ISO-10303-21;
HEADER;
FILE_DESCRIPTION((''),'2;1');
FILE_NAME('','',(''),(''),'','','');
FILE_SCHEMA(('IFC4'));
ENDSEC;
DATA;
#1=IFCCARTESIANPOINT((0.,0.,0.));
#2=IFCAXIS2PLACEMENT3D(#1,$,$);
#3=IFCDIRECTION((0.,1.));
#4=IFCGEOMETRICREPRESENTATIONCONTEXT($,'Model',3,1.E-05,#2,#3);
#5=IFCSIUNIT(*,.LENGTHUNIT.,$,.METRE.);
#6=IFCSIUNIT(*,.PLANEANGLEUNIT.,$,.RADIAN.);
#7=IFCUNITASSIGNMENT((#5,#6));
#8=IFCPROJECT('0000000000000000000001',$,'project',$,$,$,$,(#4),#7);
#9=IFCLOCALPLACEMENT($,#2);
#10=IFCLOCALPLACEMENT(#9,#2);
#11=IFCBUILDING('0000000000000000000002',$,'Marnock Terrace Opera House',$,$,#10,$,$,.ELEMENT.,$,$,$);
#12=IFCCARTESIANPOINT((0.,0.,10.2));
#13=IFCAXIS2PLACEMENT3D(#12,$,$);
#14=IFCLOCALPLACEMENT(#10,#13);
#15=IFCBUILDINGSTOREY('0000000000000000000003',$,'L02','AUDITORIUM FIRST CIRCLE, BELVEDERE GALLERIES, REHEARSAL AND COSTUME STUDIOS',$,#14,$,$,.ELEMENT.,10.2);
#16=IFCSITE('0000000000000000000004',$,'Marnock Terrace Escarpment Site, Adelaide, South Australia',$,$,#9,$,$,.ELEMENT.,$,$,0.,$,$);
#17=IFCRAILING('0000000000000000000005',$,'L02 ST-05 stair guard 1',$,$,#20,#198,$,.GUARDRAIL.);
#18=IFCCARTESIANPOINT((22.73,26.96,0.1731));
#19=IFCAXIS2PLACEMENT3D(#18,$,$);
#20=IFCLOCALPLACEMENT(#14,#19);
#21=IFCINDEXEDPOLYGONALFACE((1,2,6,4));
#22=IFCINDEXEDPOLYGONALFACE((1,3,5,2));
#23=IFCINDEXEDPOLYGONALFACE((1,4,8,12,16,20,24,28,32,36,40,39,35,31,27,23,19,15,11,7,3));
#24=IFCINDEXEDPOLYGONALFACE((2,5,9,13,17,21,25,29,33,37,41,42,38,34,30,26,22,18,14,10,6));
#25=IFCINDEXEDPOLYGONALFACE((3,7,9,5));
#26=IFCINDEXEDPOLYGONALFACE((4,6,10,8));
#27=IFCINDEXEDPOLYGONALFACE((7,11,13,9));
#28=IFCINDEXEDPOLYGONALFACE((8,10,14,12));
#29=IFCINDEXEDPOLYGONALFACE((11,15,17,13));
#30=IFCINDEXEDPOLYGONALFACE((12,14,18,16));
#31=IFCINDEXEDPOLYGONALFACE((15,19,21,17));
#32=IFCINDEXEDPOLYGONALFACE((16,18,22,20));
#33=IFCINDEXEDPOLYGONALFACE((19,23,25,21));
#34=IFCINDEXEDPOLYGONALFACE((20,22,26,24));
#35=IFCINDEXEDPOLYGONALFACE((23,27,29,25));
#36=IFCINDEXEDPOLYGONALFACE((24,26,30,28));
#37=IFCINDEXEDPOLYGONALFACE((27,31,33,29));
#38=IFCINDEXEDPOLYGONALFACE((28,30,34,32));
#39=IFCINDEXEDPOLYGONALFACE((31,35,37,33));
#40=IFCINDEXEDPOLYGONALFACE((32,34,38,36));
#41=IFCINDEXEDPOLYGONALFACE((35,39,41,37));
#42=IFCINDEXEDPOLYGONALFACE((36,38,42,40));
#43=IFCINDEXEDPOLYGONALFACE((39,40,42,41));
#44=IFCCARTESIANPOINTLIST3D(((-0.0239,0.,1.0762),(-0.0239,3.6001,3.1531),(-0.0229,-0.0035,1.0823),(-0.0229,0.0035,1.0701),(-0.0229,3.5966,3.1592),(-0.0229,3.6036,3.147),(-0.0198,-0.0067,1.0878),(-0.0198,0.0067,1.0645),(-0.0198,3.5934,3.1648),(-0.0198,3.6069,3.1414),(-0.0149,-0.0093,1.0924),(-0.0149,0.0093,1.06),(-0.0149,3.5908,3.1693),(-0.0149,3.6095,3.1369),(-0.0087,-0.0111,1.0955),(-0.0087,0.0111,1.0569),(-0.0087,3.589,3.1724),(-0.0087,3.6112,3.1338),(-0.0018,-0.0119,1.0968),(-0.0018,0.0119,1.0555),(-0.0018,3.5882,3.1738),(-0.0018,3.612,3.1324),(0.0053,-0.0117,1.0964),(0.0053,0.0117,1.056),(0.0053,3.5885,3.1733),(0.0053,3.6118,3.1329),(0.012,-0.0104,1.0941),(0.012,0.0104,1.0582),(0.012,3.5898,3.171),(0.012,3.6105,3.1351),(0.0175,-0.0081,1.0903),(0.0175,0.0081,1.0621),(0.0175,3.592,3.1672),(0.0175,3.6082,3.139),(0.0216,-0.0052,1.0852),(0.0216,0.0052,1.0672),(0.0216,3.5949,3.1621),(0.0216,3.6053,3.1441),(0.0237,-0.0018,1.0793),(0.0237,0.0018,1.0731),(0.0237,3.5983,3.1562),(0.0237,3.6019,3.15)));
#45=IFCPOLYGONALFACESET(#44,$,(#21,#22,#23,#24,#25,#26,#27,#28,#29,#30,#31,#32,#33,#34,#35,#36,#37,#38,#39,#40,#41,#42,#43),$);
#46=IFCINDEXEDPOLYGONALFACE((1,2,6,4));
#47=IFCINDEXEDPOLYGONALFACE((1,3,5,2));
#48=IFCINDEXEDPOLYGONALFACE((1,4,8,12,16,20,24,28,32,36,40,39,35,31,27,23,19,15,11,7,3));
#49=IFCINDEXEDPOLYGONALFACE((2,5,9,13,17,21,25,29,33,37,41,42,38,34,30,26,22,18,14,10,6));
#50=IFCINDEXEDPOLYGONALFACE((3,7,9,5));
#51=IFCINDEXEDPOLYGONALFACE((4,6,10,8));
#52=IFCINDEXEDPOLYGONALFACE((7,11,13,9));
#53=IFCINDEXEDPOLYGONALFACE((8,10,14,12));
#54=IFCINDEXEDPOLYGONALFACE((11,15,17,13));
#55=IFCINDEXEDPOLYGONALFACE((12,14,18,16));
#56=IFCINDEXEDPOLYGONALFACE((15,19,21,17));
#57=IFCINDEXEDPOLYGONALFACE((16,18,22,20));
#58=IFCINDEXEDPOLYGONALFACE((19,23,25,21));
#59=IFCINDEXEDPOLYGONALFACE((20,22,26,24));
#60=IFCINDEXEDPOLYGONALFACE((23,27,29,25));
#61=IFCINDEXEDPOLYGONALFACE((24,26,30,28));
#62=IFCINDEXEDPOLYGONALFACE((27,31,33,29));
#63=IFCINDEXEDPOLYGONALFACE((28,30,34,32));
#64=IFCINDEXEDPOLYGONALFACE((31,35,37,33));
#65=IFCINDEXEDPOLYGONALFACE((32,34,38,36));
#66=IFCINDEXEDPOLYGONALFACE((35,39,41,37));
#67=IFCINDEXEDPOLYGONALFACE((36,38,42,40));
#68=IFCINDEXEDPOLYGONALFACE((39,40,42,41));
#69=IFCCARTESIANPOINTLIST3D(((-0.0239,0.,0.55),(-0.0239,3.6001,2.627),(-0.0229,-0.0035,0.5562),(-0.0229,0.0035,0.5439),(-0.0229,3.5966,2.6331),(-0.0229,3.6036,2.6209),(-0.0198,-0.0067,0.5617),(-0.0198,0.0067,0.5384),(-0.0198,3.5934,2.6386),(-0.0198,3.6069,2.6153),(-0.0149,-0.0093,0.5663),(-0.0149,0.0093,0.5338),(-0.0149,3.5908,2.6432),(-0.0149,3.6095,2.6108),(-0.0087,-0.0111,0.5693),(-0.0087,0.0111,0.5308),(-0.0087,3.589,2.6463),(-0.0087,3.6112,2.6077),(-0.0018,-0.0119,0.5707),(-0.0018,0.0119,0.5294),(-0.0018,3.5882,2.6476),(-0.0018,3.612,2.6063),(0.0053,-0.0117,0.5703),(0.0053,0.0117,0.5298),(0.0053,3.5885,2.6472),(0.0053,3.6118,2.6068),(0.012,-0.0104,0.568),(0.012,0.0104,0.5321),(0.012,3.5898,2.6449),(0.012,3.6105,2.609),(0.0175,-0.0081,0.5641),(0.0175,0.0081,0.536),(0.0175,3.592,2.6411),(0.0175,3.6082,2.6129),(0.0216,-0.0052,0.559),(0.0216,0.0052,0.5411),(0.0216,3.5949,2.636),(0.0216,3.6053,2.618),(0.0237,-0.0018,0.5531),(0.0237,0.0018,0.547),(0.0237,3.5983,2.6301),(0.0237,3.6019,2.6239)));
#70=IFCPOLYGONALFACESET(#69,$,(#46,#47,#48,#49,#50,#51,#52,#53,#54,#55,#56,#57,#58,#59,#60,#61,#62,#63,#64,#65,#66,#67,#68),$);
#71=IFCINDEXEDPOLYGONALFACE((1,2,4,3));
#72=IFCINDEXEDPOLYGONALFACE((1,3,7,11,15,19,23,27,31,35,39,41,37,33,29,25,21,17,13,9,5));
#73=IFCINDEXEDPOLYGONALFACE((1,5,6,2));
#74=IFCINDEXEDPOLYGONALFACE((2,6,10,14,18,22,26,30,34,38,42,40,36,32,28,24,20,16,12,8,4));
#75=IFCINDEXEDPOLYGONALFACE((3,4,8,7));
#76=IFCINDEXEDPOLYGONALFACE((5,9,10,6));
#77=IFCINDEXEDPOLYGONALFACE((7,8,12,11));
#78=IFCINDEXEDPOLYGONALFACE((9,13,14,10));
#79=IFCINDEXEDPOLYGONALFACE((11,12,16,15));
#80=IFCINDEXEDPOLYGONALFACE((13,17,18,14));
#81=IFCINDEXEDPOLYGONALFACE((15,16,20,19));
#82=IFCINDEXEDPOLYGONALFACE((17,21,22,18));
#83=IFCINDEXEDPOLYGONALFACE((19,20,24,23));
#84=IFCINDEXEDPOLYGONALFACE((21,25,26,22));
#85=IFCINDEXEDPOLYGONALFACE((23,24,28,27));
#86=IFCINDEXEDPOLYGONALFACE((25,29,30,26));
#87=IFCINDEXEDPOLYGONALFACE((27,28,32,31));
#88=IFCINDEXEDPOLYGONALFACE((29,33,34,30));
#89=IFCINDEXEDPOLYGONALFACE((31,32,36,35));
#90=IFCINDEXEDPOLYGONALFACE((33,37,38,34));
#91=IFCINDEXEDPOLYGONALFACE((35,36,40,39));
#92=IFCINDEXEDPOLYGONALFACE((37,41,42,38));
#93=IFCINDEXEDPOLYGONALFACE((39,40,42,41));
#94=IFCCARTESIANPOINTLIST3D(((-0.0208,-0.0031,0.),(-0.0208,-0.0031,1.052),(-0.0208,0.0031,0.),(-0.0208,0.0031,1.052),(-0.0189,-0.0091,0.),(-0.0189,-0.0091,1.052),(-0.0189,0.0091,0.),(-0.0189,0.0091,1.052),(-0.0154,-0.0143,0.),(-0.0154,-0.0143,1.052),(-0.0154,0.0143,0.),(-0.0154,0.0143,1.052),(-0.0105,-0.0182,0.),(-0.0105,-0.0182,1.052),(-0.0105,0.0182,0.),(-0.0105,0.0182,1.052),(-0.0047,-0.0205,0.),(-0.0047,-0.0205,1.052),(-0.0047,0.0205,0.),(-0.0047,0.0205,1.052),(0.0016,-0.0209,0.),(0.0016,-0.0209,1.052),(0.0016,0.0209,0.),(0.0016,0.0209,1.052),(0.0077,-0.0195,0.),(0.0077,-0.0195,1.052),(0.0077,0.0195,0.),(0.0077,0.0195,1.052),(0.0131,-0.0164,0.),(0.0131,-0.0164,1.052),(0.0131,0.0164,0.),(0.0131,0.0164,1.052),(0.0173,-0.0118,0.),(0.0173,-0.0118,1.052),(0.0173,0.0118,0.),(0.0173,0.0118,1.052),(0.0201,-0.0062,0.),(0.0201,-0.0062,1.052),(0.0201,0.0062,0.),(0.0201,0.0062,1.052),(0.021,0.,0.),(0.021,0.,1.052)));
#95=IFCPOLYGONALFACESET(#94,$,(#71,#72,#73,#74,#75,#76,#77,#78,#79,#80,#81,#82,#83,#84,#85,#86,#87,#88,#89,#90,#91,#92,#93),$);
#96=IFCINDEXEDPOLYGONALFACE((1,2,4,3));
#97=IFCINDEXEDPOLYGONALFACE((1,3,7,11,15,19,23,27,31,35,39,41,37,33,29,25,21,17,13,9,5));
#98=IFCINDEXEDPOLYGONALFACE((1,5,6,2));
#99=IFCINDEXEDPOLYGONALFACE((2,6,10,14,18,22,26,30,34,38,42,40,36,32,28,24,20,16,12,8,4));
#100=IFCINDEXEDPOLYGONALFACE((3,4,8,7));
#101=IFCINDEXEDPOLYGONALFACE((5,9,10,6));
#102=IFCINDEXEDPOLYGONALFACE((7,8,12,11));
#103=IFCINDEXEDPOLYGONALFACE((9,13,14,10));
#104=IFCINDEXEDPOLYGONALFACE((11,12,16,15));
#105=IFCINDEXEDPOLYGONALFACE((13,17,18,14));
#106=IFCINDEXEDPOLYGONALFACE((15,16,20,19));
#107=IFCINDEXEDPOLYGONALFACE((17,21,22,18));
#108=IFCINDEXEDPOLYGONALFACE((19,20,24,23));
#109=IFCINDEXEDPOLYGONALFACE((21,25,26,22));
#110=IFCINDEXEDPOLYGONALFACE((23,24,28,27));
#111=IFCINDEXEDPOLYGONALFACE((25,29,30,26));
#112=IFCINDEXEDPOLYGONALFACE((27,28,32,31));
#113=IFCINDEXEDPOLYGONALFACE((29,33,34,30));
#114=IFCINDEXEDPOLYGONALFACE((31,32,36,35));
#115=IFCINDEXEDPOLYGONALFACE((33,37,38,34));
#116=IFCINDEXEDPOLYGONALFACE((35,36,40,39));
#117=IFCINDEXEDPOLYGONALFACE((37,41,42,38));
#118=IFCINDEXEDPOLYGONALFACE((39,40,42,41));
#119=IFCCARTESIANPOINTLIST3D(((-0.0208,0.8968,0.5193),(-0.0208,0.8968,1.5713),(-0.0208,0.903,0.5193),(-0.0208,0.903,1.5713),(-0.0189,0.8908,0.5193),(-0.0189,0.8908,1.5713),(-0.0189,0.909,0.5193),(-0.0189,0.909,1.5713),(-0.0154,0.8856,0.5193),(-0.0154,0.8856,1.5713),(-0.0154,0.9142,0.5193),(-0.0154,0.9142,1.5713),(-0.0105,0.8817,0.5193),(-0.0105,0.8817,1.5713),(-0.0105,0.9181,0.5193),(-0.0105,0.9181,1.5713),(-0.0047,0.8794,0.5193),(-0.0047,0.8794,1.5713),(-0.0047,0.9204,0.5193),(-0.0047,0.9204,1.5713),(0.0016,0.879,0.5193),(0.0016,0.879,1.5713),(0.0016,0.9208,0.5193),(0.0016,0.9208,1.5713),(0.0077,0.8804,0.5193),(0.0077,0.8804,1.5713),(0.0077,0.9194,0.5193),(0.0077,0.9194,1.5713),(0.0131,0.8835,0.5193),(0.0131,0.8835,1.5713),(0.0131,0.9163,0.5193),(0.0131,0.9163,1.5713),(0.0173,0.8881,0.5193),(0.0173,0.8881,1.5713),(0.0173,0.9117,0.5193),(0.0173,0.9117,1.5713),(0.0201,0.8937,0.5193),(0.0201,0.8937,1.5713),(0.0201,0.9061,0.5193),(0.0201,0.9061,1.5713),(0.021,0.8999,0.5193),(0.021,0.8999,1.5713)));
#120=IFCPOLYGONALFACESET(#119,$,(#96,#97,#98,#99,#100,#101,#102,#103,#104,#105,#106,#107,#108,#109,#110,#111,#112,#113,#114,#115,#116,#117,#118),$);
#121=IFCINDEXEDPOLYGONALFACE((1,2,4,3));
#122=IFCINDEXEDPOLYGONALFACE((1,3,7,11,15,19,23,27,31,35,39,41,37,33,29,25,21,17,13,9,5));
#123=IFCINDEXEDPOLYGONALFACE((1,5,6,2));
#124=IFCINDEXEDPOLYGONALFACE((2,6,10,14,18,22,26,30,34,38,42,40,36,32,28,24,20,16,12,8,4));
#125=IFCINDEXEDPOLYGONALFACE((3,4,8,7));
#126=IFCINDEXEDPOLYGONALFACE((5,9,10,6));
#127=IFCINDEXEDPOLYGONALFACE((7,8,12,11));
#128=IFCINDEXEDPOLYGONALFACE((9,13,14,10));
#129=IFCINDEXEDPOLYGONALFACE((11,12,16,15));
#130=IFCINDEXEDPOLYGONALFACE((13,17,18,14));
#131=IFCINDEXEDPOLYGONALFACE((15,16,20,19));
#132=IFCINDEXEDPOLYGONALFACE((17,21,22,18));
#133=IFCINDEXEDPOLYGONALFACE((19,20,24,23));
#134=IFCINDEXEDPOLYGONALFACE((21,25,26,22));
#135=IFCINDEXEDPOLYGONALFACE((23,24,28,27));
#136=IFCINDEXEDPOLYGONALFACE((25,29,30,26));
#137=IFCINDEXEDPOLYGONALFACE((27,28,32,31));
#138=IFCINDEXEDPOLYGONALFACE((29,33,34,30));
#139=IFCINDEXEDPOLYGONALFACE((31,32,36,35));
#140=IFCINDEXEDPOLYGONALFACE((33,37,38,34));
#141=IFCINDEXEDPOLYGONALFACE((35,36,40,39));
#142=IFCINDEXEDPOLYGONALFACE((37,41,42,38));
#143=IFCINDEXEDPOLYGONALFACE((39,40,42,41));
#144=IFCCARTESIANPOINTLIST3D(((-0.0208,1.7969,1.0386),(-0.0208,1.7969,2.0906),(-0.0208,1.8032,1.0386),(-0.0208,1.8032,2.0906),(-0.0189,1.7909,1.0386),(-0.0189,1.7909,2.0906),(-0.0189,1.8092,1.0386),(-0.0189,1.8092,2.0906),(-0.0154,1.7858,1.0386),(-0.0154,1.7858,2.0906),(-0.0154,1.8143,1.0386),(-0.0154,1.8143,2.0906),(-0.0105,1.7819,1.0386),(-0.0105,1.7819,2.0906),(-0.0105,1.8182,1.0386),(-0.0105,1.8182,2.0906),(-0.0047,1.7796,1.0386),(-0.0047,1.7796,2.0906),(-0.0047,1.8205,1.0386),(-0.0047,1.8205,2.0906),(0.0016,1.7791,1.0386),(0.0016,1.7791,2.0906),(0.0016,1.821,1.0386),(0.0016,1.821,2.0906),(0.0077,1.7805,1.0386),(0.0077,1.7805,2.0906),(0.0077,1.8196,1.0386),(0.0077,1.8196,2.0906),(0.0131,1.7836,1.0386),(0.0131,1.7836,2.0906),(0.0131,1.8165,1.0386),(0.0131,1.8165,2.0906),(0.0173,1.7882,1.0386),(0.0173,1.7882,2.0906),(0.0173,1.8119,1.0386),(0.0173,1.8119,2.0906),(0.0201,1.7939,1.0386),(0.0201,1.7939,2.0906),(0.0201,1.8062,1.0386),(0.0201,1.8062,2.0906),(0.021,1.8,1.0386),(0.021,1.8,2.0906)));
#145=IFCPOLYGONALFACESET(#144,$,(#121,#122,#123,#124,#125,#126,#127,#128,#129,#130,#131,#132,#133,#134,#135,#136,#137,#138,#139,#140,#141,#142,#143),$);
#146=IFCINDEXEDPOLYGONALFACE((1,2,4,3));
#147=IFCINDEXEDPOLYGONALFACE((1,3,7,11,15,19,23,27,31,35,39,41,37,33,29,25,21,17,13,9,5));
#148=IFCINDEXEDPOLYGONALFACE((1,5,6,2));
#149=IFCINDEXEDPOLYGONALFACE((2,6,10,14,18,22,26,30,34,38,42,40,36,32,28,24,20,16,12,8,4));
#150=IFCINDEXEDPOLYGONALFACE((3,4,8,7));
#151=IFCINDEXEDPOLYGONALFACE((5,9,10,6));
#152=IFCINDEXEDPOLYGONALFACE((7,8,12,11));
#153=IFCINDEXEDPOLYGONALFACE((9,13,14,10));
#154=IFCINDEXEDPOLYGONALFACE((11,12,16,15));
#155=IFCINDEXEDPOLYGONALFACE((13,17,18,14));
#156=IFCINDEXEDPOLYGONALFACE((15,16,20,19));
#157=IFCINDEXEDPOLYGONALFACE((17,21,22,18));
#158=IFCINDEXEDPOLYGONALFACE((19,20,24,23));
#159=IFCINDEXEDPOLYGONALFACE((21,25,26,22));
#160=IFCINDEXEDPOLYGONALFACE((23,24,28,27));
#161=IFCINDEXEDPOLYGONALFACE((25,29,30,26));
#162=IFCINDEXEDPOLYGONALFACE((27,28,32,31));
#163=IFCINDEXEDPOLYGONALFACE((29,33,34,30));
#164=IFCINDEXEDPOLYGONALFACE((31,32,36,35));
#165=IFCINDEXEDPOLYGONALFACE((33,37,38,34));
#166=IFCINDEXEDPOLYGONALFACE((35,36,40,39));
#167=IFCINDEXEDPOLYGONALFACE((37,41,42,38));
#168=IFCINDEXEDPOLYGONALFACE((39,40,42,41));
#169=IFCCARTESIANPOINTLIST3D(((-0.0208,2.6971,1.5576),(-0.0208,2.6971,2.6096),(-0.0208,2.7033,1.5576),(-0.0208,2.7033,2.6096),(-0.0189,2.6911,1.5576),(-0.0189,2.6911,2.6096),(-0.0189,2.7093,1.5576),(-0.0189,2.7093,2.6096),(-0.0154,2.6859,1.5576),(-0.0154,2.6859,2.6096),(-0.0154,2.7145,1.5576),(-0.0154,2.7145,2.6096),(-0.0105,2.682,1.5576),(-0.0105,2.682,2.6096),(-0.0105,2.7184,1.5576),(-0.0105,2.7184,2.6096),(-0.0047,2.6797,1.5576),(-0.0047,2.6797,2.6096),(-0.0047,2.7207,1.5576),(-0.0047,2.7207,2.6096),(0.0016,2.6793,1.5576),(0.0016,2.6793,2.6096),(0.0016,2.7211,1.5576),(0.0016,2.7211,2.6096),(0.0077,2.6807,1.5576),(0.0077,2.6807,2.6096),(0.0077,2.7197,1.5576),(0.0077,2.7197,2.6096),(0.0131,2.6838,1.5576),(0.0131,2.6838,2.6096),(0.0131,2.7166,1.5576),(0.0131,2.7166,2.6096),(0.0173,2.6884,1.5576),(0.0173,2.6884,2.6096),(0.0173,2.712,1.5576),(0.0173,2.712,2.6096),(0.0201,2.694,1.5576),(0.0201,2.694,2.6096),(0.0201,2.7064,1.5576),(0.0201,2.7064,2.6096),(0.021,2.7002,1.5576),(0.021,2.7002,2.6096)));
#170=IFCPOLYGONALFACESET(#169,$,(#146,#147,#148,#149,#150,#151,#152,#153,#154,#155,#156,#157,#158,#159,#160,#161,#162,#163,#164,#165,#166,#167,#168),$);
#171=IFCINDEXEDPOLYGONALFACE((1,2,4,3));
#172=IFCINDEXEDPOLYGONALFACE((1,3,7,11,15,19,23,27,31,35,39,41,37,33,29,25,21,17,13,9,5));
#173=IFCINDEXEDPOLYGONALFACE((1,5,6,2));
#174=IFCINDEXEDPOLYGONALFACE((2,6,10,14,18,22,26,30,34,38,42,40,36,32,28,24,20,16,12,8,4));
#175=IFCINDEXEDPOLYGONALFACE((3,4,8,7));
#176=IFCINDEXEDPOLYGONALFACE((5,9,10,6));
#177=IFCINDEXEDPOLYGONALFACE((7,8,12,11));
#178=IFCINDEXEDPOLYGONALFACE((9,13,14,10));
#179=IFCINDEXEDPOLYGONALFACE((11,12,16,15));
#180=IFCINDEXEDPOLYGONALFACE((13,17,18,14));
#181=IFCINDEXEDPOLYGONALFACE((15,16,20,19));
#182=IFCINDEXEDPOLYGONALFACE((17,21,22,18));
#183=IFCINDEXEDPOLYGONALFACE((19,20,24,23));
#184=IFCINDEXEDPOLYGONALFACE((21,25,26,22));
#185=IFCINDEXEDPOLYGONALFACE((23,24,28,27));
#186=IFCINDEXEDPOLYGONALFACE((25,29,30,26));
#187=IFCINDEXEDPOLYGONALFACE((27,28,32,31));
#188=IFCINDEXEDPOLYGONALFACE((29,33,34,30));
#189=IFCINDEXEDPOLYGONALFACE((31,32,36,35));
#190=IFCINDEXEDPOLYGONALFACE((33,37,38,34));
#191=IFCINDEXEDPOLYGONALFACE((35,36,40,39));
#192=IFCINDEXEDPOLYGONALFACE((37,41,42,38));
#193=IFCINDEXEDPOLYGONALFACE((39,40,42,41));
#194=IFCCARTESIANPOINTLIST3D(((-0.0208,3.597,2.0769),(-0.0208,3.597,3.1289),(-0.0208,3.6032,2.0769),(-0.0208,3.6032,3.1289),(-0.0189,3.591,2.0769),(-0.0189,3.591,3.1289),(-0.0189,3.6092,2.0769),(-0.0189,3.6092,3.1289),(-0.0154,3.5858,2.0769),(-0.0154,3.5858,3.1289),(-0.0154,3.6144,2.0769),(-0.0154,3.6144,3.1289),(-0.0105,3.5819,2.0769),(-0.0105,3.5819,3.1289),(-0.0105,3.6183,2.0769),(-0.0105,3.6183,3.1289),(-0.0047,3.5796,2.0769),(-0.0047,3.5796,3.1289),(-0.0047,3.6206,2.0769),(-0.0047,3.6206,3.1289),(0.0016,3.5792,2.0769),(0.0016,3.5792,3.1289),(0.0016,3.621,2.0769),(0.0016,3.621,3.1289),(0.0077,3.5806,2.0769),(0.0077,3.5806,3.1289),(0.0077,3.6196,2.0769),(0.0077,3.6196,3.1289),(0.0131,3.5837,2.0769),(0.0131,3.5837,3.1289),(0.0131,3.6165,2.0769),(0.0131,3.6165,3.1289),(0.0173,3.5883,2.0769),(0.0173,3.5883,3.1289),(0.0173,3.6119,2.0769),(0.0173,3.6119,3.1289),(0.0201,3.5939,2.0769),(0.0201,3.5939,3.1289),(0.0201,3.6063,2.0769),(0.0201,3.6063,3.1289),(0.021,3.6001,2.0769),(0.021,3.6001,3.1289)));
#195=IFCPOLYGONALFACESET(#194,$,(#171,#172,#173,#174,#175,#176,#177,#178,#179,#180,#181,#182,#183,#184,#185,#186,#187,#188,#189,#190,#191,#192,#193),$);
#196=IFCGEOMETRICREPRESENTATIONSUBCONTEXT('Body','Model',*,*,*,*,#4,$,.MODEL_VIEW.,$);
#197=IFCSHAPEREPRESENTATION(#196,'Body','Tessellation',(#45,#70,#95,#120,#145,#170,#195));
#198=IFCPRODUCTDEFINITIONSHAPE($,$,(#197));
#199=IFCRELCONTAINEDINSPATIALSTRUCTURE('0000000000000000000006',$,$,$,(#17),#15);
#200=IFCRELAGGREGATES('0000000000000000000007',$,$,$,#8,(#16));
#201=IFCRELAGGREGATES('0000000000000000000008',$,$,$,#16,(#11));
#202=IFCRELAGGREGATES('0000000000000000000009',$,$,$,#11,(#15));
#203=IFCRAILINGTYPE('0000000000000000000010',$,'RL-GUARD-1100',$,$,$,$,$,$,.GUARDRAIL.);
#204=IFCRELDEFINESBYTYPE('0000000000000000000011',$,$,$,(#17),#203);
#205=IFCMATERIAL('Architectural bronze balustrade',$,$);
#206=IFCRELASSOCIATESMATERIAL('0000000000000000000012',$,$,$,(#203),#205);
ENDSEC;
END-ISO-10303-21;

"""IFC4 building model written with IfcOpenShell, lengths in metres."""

from ifc_helpers import new_model, si_unit, direction, frame, origin, origin_2d, place, context, subcontext, project, spatial, circle, extrude, material, type_object, element, save


model = new_model("IFC4")

# Units and contexts
model_context = context("Model", 3, precision=1e-05, world=origin(), true_north=direction((0.0, 1.0)))
body_context = subcontext(model_context, "Body", "Model", "MODEL_VIEW")
ifc_project = project(units=[si_unit("LENGTHUNIT", "METRE"), si_unit("PLANEANGLEUNIT", "RADIAN")], contexts=[model_context])

# Site, building, storey
site_placement = place(None, origin())
site = spatial("IfcSite", under=ifc_project, at=site_placement, Name="Marnock Terrace Escarpment Site, Adelaide, South Australia", CompositionType="ELEMENT", RefElevation=0.0)
building_placement = place(site_placement, origin())
building = spatial("IfcBuilding", under=site, at=building_placement, Name="Marnock Terrace Opera House", CompositionType="ELEMENT")
storey_placement = place(building_placement, frame((0.0, 0.0, 10.2)))
storey = spatial("IfcBuildingStorey", under=building, at=storey_placement, Name="L02", Description="AUDITORIUM FIRST CIRCLE, BELVEDERE GALLERIES, REHEARSAL AND COSTUME STUDIOS", CompositionType="ELEMENT", Elevation=10.2)

# Railing
ifc_material_1 = material(Name="Architectural bronze balustrade")
railing_type_1 = type_object("IfcRailingType", Name="RL-GUARD-1100", PredefinedType="GUARDRAIL", material=ifc_material_1)
railing_1_placement = place(storey_placement, frame((22.73, 26.96, 0.1731)))
element("IfcRailing", 1, at=railing_1_placement, inside=storey, type_object=railing_type_1, Name="L02 ST-05 stair guard 1", PredefinedType="GUARDRAIL", context=body_context, shape_type="SweptSolid", body=[
    extrude(circle(Radius=0.0239, at=origin_2d()), frame((0.0, 0.0, 1.0762), z_axis=(0.0, 0.866193, 0.499709), x_axis=(-1.0, 0.0, 0.0)), (0.0, 0.0, 1.0), 4.1562),
    extrude(circle(Radius=0.0239, at=origin_2d()), frame((0.0, 0.0, 0.55), z_axis=(0.0, 0.866193, 0.499709), x_axis=(-1.0, 0.0, 0.0)), (0.0, 0.0, 1.0), 4.1562),
    extrude(circle(Radius=0.021, at=origin_2d()), origin(), (0.0, 0.0, 1.0), 1.052),
    extrude(circle(Radius=0.021, at=origin_2d()), frame((0.0, 0.8999, 0.5193)), (0.0, 0.0, 1.0), 1.052),
    extrude(circle(Radius=0.021, at=origin_2d()), frame((0.0, 1.8, 1.0386)), (0.0, 0.0, 1.0), 1.052),
    extrude(circle(Radius=0.021, at=origin_2d()), frame((0.0, 2.7002, 1.5576)), (0.0, 0.0, 1.0), 1.052),
    extrude(circle(Radius=0.021, at=origin_2d()), frame((0.0, 3.6001, 2.0769)), (0.0, 0.0, 1.0), 1.052),
])

save(model, "model.ifc")
